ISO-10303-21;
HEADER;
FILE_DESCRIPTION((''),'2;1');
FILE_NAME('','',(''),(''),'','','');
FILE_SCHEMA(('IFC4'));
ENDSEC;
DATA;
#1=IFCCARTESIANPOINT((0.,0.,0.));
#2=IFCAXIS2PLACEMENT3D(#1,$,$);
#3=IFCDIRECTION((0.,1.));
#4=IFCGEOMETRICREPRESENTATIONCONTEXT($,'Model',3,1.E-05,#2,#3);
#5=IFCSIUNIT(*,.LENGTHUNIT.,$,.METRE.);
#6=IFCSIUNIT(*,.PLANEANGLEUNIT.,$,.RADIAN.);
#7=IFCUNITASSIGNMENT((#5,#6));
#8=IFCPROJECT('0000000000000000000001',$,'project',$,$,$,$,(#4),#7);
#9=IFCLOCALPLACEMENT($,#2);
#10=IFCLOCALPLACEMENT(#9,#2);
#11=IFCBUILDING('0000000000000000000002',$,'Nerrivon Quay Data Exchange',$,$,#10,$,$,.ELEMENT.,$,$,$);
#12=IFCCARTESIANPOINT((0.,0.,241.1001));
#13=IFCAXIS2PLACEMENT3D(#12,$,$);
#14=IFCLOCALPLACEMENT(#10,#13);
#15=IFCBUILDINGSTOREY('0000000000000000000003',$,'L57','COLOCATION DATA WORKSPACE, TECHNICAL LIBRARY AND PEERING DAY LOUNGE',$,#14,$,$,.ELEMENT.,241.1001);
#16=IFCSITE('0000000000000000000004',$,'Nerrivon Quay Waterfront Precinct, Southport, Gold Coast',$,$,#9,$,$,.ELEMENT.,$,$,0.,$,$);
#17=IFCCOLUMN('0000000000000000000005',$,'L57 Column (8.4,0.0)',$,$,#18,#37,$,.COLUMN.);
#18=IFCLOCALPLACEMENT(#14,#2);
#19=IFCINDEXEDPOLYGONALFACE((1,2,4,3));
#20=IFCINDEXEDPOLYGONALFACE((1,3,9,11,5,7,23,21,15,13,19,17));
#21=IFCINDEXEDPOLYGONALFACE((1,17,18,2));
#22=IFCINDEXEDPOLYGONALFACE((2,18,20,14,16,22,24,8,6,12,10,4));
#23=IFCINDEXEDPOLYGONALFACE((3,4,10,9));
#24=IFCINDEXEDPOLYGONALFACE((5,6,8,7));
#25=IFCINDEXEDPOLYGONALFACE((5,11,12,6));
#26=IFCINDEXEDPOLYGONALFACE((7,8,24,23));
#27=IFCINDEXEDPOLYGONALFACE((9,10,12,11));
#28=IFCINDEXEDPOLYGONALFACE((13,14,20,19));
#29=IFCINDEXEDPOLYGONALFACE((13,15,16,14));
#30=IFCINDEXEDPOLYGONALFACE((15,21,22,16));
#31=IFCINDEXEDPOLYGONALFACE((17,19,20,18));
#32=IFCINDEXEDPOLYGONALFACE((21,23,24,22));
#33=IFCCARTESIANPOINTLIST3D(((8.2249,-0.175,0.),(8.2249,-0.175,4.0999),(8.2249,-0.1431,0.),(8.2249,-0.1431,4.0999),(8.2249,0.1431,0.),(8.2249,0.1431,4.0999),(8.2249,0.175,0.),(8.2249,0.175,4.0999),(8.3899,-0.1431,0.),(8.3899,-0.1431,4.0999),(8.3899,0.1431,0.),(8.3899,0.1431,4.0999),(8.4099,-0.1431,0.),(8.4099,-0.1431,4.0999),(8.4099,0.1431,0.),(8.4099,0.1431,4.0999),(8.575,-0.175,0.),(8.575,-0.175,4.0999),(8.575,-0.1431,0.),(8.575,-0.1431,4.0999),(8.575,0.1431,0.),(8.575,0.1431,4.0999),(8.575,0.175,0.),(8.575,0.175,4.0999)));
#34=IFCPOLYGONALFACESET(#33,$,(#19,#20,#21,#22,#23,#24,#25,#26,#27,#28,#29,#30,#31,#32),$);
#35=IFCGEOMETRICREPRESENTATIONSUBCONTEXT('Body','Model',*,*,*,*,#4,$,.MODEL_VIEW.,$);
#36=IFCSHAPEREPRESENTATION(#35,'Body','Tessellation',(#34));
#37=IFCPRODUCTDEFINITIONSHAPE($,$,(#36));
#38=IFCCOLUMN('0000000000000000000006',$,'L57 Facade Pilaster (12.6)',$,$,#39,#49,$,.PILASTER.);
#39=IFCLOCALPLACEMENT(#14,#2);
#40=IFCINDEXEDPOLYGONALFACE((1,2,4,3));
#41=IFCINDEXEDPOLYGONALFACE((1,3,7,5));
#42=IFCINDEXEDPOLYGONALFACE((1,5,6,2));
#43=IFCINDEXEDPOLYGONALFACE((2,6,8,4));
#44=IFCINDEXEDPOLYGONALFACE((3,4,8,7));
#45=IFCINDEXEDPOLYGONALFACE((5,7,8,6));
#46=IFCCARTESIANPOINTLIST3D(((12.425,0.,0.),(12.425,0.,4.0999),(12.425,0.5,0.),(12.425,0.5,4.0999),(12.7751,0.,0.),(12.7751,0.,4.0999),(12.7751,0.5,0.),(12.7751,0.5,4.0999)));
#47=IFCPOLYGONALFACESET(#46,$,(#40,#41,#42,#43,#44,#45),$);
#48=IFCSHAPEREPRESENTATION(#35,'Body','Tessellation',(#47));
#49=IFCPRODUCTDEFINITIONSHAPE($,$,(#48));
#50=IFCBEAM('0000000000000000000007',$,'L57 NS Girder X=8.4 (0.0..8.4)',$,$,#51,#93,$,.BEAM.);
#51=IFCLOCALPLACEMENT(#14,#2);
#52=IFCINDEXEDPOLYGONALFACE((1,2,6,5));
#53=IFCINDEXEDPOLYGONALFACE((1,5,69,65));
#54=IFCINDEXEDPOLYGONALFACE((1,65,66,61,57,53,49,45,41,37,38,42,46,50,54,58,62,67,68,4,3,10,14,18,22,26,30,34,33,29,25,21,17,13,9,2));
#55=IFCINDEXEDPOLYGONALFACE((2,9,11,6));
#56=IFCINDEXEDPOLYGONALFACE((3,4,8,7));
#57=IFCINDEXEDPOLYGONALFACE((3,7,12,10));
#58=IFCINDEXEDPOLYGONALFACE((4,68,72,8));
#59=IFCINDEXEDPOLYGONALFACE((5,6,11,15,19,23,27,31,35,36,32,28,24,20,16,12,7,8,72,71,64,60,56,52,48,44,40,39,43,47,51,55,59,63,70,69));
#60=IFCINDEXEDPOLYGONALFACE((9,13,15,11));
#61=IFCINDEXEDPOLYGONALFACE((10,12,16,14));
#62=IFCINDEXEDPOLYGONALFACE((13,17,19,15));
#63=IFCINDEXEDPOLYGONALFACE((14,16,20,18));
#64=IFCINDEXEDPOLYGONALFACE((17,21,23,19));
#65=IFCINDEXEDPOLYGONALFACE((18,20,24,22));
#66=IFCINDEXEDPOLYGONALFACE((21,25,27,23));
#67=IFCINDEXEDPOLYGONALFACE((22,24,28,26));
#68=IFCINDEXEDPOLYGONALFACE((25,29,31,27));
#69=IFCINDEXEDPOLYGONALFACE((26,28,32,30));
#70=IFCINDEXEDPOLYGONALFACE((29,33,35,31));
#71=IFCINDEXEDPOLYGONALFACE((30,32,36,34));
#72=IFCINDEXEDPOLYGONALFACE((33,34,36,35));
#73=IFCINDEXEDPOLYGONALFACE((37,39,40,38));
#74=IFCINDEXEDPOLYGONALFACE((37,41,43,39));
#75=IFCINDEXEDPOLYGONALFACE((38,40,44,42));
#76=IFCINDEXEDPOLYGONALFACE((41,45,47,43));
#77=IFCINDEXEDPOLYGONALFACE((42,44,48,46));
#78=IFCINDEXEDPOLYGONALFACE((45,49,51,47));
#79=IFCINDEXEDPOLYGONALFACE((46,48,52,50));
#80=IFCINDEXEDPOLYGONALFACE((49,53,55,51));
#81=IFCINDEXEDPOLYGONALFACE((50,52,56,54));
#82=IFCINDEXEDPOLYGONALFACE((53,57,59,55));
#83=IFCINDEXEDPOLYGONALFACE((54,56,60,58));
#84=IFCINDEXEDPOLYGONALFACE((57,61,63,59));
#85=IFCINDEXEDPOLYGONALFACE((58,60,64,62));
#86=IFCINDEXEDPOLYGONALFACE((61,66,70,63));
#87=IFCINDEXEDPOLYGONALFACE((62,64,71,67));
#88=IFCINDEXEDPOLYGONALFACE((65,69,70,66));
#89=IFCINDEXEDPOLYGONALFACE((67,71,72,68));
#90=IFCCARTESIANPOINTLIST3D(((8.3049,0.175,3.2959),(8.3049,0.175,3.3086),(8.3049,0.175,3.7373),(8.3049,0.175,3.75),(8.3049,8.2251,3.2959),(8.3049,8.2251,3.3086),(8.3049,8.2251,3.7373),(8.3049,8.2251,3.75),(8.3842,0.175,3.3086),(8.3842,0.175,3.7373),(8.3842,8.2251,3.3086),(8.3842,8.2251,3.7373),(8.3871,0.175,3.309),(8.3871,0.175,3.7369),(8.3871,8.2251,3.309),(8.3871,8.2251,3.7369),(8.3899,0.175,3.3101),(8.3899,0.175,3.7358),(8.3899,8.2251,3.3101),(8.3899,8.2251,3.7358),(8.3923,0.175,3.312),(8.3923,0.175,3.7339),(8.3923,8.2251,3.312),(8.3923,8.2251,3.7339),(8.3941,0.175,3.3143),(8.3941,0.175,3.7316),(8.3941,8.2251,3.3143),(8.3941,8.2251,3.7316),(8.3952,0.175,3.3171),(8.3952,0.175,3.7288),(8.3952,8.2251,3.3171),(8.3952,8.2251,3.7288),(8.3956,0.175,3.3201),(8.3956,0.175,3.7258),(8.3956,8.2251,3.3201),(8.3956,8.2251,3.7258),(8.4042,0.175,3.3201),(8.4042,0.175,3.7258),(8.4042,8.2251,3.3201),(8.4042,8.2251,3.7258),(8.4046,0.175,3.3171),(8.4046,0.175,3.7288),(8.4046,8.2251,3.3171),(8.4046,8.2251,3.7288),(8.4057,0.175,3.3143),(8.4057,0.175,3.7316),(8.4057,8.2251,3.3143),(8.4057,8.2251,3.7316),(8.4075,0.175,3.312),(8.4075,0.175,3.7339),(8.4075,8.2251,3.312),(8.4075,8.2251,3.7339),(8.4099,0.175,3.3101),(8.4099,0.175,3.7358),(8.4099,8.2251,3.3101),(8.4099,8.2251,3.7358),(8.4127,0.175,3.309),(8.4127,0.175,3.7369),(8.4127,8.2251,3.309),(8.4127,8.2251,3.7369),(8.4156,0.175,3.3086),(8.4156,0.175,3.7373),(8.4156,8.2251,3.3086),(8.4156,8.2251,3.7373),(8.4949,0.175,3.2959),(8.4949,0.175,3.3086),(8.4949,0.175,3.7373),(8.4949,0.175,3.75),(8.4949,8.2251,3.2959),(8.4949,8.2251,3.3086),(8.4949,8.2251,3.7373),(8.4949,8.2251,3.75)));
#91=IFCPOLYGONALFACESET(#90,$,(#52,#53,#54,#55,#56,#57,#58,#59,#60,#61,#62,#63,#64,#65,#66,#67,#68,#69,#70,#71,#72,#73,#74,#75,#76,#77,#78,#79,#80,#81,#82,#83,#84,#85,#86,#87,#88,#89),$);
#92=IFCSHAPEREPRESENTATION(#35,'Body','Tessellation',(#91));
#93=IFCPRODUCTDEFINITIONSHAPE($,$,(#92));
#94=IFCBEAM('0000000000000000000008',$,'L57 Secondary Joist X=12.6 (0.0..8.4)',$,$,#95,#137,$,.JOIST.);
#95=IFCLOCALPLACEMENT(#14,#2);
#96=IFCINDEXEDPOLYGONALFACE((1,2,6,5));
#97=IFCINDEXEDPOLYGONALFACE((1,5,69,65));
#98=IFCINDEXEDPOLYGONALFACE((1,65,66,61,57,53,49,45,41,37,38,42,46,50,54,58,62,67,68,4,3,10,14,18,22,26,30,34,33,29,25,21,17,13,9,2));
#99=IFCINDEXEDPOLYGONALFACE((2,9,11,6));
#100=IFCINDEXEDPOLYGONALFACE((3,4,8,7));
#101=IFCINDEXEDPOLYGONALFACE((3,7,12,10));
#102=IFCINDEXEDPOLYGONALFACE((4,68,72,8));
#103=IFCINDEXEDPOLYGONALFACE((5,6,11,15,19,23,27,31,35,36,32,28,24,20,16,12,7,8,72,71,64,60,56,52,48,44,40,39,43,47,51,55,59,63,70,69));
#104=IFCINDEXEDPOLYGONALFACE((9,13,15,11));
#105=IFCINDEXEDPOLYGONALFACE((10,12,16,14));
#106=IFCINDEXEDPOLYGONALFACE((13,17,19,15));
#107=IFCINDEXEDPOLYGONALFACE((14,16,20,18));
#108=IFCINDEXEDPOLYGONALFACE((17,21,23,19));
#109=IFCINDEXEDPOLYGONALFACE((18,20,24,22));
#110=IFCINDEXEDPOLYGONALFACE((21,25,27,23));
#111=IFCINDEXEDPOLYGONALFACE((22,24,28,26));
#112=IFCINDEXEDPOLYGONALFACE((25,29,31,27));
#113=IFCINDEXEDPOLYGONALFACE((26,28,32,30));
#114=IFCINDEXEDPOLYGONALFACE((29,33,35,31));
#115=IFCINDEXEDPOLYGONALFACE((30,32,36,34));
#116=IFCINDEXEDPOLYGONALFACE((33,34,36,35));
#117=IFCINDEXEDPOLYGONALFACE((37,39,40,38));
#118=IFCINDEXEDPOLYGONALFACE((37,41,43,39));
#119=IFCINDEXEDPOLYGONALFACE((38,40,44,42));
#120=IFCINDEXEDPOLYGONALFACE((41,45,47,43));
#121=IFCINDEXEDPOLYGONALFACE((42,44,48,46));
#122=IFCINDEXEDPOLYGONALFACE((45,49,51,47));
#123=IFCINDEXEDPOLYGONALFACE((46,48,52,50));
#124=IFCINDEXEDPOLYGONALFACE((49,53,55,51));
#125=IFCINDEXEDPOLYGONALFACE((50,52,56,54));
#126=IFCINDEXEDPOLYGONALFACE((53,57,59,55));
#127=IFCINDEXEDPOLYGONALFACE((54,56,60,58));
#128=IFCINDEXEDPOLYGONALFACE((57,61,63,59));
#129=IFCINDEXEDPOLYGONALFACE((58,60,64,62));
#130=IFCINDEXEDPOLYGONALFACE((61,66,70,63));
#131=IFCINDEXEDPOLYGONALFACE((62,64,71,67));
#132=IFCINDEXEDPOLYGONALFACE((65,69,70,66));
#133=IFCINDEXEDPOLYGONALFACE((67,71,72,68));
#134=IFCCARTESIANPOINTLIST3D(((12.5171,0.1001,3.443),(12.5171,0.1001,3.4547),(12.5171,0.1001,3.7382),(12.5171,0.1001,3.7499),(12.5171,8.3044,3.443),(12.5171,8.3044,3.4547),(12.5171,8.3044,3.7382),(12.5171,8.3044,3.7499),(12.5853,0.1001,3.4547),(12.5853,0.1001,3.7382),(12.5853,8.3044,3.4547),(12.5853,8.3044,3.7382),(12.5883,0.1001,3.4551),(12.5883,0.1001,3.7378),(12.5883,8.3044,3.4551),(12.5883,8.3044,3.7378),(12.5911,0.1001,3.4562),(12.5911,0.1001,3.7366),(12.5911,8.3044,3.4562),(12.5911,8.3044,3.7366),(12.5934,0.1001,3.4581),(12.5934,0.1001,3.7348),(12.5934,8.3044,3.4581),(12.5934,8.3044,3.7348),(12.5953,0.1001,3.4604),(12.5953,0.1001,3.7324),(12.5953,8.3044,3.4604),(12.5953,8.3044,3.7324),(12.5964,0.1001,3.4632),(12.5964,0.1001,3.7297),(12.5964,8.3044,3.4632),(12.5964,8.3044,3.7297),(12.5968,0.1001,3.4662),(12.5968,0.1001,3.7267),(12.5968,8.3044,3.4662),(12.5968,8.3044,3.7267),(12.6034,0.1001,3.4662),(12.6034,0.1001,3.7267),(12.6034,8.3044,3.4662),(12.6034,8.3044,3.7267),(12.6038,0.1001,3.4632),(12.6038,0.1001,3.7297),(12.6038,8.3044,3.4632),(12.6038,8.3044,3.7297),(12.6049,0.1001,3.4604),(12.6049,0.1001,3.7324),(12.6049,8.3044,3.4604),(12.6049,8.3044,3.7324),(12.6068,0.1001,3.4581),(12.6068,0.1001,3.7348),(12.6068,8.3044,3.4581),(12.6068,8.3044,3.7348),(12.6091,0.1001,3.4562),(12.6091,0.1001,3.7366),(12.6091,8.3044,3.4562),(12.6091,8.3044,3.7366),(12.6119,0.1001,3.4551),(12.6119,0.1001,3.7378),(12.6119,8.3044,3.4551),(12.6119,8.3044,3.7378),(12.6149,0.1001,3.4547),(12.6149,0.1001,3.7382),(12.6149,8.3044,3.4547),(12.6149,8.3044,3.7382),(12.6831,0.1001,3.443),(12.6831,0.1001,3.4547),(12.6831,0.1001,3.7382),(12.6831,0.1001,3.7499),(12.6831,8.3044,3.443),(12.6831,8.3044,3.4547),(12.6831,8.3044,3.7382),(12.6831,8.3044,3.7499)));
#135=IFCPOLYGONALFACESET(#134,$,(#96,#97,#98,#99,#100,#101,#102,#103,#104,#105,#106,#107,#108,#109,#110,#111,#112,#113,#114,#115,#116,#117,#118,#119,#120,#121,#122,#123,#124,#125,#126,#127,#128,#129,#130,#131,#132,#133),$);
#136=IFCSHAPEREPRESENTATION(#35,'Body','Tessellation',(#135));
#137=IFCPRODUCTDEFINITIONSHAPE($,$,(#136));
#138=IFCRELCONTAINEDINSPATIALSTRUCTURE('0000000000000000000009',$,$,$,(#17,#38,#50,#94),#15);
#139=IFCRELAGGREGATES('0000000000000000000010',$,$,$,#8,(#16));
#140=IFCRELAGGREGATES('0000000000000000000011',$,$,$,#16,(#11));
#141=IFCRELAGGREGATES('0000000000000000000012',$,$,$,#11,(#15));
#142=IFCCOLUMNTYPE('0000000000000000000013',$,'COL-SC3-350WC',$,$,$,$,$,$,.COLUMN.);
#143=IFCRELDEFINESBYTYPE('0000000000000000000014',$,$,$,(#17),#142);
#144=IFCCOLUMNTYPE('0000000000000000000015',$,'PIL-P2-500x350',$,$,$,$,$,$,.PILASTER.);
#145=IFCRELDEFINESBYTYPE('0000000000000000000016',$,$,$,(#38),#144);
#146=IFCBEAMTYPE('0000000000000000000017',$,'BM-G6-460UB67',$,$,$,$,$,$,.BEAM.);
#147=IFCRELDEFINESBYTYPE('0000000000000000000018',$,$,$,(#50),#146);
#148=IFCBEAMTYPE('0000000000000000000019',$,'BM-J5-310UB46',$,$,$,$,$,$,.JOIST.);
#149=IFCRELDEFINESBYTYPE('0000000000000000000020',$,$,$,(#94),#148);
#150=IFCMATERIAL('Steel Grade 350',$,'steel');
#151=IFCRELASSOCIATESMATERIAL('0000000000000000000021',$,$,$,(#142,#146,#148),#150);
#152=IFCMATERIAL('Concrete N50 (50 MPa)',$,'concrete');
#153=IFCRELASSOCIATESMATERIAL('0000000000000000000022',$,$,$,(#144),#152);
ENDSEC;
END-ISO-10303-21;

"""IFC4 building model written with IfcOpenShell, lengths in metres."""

from ifc_helpers import new_model, si_unit, direction, frame, origin, origin_2d, place, context, subcontext, project, spatial, rectangle, i_section, extrude, material, material_profile, profile_set, type_object, element, save


model = new_model("IFC4")

# Units and contexts
model_context = context("Model", 3, precision=1e-05, world=origin(), true_north=direction((0.0, 1.0)))
body_context = subcontext(model_context, "Body", "Model", "MODEL_VIEW")
ifc_project = project(units=[si_unit("LENGTHUNIT", "METRE"), si_unit("PLANEANGLEUNIT", "RADIAN")], contexts=[model_context])

# Site, building, storey
site_placement = place(None, origin())
site = spatial("IfcSite", under=ifc_project, at=site_placement, Name="Nerrivon Quay Waterfront Precinct, Southport, Gold Coast", CompositionType="ELEMENT", RefElevation=0.0)
building_placement = place(site_placement, origin())
building = spatial("IfcBuilding", under=site, at=building_placement, Name="Nerrivon Quay Data Exchange", CompositionType="ELEMENT")
storey_placement = place(building_placement, frame((0.0, 0.0, 241.1001)))
storey = spatial("IfcBuildingStorey", under=building, at=storey_placement, Name="L57", Description="COLOCATION DATA WORKSPACE, TECHNICAL LIBRARY AND PEERING DAY LOUNGE", CompositionType="ELEMENT", Elevation=241.1001)

# Columns
ifc_material_1 = material(Name="Steel Grade 350", Category="steel")
ifc_material_profile_1 = material_profile(ifc_material_1, i_section(OverallWidth=0.3501, OverallDepth=0.3501, WebThickness=0.02, FlangeThickness=0.032, at=origin_2d()), Name="350WC230")
ifc_profile_set_1 = profile_set([ifc_material_profile_1], Name="Steel Grade 350")
column_type_1 = type_object("IfcColumnType", Name="COL-SC3-350WC", PredefinedType="COLUMN", material=ifc_profile_set_1)
column_1_placement = place(storey_placement, frame((8.3999, 0.0, 0.0), z_axis=(0.0, 0.0, 1.0), x_axis=(1.0, 0.0, 0.0)))
element("IfcColumn", 1, at=column_1_placement, inside=storey, type_object=column_type_1, Name="L57 Column (8.4,0.0)", PredefinedType="COLUMN", context=body_context, shape_type="SweptSolid", body=[
    extrude(i_section(OverallWidth=0.3501, OverallDepth=0.3501, WebThickness=0.02, FlangeThickness=0.032, at=origin_2d()), origin(), (0.0, 0.0, 1.0), 4.0999),
])
ifc_material_2 = material(Name="Concrete N50 (50 MPa)", Category="concrete")
ifc_material_profile_2 = material_profile(ifc_material_2, rectangle(XDim=0.3501, YDim=0.5, at=origin_2d()), Name="RC-PIL-500x350")
ifc_profile_set_2 = profile_set([ifc_material_profile_2], Name="Concrete N50 (50 MPa)")
column_type_2 = type_object("IfcColumnType", Name="PIL-P2-500x350", PredefinedType="PILASTER", material=ifc_profile_set_2)
column_2_placement = place(storey_placement, frame((12.6001, 0.25, 0.0), z_axis=(0.0, 0.0, 1.0), x_axis=(1.0, 0.0, 0.0)))
element("IfcColumn", 2, at=column_2_placement, inside=storey, type_object=column_type_2, Name="L57 Facade Pilaster (12.6)", PredefinedType="PILASTER", context=body_context, shape_type="SweptSolid", body=[
    extrude(rectangle(XDim=0.3501, YDim=0.5, at=origin_2d()), origin(), (0.0, 0.0, 1.0), 4.0999),
])

# Beams
ifc_material_profile_3 = material_profile(ifc_material_1, i_section(OverallWidth=0.1899, OverallDepth=0.4541, WebThickness=0.0085, FlangeThickness=0.0127, FilletRadius=0.0115, at=origin_2d()), Name="460UB67.1")
ifc_profile_set_3 = profile_set([ifc_material_profile_3], Name="Steel Grade 350")
beam_type_1 = type_object("IfcBeamType", Name="BM-G6-460UB67", PredefinedType="BEAM", material=ifc_profile_set_3)
beam_1_placement = place(storey_placement, frame((8.3999, 0.175, 3.5229), z_axis=(0.0, 1.0, 0.0), x_axis=(-1.0, 0.0, 0.0)))
element("IfcBeam", 3, at=beam_1_placement, inside=storey, type_object=beam_type_1, Name="L57 NS Girder X=8.4 (0.0..8.4)", PredefinedType="BEAM", context=body_context, shape_type="SweptSolid", body=[
    extrude(i_section(OverallWidth=0.1899, OverallDepth=0.4541, WebThickness=0.0085, FlangeThickness=0.0127, FilletRadius=0.0115, at=origin_2d()), origin(), (0.0, 0.0, 1.0), 8.05),
])
ifc_material_profile_4 = material_profile(ifc_material_1, i_section(OverallWidth=0.166, OverallDepth=0.3069, WebThickness=0.0066, FlangeThickness=0.0117, FilletRadius=0.0115, at=origin_2d()), Name="310UB46.2")
ifc_profile_set_4 = profile_set([ifc_material_profile_4], Name="Steel Grade 350")
beam_type_2 = type_object("IfcBeamType", Name="BM-J5-310UB46", PredefinedType="JOIST", material=ifc_profile_set_4)
beam_2_placement = place(storey_placement, frame((12.6001, 0.1001, 3.5964), z_axis=(0.0, 1.0, 0.0), x_axis=(-1.0, 0.0, 0.0)))
element("IfcBeam", 4, at=beam_2_placement, inside=storey, type_object=beam_type_2, Name="L57 Secondary Joist X=12.6 (0.0..8.4)", PredefinedType="JOIST", context=body_context, shape_type="SweptSolid", body=[
    extrude(i_section(OverallWidth=0.166, OverallDepth=0.3069, WebThickness=0.0066, FlangeThickness=0.0117, FilletRadius=0.0115, at=origin_2d()), origin(), (0.0, 0.0, 1.0), 8.2043),
])

save(model, "model.ifc")
